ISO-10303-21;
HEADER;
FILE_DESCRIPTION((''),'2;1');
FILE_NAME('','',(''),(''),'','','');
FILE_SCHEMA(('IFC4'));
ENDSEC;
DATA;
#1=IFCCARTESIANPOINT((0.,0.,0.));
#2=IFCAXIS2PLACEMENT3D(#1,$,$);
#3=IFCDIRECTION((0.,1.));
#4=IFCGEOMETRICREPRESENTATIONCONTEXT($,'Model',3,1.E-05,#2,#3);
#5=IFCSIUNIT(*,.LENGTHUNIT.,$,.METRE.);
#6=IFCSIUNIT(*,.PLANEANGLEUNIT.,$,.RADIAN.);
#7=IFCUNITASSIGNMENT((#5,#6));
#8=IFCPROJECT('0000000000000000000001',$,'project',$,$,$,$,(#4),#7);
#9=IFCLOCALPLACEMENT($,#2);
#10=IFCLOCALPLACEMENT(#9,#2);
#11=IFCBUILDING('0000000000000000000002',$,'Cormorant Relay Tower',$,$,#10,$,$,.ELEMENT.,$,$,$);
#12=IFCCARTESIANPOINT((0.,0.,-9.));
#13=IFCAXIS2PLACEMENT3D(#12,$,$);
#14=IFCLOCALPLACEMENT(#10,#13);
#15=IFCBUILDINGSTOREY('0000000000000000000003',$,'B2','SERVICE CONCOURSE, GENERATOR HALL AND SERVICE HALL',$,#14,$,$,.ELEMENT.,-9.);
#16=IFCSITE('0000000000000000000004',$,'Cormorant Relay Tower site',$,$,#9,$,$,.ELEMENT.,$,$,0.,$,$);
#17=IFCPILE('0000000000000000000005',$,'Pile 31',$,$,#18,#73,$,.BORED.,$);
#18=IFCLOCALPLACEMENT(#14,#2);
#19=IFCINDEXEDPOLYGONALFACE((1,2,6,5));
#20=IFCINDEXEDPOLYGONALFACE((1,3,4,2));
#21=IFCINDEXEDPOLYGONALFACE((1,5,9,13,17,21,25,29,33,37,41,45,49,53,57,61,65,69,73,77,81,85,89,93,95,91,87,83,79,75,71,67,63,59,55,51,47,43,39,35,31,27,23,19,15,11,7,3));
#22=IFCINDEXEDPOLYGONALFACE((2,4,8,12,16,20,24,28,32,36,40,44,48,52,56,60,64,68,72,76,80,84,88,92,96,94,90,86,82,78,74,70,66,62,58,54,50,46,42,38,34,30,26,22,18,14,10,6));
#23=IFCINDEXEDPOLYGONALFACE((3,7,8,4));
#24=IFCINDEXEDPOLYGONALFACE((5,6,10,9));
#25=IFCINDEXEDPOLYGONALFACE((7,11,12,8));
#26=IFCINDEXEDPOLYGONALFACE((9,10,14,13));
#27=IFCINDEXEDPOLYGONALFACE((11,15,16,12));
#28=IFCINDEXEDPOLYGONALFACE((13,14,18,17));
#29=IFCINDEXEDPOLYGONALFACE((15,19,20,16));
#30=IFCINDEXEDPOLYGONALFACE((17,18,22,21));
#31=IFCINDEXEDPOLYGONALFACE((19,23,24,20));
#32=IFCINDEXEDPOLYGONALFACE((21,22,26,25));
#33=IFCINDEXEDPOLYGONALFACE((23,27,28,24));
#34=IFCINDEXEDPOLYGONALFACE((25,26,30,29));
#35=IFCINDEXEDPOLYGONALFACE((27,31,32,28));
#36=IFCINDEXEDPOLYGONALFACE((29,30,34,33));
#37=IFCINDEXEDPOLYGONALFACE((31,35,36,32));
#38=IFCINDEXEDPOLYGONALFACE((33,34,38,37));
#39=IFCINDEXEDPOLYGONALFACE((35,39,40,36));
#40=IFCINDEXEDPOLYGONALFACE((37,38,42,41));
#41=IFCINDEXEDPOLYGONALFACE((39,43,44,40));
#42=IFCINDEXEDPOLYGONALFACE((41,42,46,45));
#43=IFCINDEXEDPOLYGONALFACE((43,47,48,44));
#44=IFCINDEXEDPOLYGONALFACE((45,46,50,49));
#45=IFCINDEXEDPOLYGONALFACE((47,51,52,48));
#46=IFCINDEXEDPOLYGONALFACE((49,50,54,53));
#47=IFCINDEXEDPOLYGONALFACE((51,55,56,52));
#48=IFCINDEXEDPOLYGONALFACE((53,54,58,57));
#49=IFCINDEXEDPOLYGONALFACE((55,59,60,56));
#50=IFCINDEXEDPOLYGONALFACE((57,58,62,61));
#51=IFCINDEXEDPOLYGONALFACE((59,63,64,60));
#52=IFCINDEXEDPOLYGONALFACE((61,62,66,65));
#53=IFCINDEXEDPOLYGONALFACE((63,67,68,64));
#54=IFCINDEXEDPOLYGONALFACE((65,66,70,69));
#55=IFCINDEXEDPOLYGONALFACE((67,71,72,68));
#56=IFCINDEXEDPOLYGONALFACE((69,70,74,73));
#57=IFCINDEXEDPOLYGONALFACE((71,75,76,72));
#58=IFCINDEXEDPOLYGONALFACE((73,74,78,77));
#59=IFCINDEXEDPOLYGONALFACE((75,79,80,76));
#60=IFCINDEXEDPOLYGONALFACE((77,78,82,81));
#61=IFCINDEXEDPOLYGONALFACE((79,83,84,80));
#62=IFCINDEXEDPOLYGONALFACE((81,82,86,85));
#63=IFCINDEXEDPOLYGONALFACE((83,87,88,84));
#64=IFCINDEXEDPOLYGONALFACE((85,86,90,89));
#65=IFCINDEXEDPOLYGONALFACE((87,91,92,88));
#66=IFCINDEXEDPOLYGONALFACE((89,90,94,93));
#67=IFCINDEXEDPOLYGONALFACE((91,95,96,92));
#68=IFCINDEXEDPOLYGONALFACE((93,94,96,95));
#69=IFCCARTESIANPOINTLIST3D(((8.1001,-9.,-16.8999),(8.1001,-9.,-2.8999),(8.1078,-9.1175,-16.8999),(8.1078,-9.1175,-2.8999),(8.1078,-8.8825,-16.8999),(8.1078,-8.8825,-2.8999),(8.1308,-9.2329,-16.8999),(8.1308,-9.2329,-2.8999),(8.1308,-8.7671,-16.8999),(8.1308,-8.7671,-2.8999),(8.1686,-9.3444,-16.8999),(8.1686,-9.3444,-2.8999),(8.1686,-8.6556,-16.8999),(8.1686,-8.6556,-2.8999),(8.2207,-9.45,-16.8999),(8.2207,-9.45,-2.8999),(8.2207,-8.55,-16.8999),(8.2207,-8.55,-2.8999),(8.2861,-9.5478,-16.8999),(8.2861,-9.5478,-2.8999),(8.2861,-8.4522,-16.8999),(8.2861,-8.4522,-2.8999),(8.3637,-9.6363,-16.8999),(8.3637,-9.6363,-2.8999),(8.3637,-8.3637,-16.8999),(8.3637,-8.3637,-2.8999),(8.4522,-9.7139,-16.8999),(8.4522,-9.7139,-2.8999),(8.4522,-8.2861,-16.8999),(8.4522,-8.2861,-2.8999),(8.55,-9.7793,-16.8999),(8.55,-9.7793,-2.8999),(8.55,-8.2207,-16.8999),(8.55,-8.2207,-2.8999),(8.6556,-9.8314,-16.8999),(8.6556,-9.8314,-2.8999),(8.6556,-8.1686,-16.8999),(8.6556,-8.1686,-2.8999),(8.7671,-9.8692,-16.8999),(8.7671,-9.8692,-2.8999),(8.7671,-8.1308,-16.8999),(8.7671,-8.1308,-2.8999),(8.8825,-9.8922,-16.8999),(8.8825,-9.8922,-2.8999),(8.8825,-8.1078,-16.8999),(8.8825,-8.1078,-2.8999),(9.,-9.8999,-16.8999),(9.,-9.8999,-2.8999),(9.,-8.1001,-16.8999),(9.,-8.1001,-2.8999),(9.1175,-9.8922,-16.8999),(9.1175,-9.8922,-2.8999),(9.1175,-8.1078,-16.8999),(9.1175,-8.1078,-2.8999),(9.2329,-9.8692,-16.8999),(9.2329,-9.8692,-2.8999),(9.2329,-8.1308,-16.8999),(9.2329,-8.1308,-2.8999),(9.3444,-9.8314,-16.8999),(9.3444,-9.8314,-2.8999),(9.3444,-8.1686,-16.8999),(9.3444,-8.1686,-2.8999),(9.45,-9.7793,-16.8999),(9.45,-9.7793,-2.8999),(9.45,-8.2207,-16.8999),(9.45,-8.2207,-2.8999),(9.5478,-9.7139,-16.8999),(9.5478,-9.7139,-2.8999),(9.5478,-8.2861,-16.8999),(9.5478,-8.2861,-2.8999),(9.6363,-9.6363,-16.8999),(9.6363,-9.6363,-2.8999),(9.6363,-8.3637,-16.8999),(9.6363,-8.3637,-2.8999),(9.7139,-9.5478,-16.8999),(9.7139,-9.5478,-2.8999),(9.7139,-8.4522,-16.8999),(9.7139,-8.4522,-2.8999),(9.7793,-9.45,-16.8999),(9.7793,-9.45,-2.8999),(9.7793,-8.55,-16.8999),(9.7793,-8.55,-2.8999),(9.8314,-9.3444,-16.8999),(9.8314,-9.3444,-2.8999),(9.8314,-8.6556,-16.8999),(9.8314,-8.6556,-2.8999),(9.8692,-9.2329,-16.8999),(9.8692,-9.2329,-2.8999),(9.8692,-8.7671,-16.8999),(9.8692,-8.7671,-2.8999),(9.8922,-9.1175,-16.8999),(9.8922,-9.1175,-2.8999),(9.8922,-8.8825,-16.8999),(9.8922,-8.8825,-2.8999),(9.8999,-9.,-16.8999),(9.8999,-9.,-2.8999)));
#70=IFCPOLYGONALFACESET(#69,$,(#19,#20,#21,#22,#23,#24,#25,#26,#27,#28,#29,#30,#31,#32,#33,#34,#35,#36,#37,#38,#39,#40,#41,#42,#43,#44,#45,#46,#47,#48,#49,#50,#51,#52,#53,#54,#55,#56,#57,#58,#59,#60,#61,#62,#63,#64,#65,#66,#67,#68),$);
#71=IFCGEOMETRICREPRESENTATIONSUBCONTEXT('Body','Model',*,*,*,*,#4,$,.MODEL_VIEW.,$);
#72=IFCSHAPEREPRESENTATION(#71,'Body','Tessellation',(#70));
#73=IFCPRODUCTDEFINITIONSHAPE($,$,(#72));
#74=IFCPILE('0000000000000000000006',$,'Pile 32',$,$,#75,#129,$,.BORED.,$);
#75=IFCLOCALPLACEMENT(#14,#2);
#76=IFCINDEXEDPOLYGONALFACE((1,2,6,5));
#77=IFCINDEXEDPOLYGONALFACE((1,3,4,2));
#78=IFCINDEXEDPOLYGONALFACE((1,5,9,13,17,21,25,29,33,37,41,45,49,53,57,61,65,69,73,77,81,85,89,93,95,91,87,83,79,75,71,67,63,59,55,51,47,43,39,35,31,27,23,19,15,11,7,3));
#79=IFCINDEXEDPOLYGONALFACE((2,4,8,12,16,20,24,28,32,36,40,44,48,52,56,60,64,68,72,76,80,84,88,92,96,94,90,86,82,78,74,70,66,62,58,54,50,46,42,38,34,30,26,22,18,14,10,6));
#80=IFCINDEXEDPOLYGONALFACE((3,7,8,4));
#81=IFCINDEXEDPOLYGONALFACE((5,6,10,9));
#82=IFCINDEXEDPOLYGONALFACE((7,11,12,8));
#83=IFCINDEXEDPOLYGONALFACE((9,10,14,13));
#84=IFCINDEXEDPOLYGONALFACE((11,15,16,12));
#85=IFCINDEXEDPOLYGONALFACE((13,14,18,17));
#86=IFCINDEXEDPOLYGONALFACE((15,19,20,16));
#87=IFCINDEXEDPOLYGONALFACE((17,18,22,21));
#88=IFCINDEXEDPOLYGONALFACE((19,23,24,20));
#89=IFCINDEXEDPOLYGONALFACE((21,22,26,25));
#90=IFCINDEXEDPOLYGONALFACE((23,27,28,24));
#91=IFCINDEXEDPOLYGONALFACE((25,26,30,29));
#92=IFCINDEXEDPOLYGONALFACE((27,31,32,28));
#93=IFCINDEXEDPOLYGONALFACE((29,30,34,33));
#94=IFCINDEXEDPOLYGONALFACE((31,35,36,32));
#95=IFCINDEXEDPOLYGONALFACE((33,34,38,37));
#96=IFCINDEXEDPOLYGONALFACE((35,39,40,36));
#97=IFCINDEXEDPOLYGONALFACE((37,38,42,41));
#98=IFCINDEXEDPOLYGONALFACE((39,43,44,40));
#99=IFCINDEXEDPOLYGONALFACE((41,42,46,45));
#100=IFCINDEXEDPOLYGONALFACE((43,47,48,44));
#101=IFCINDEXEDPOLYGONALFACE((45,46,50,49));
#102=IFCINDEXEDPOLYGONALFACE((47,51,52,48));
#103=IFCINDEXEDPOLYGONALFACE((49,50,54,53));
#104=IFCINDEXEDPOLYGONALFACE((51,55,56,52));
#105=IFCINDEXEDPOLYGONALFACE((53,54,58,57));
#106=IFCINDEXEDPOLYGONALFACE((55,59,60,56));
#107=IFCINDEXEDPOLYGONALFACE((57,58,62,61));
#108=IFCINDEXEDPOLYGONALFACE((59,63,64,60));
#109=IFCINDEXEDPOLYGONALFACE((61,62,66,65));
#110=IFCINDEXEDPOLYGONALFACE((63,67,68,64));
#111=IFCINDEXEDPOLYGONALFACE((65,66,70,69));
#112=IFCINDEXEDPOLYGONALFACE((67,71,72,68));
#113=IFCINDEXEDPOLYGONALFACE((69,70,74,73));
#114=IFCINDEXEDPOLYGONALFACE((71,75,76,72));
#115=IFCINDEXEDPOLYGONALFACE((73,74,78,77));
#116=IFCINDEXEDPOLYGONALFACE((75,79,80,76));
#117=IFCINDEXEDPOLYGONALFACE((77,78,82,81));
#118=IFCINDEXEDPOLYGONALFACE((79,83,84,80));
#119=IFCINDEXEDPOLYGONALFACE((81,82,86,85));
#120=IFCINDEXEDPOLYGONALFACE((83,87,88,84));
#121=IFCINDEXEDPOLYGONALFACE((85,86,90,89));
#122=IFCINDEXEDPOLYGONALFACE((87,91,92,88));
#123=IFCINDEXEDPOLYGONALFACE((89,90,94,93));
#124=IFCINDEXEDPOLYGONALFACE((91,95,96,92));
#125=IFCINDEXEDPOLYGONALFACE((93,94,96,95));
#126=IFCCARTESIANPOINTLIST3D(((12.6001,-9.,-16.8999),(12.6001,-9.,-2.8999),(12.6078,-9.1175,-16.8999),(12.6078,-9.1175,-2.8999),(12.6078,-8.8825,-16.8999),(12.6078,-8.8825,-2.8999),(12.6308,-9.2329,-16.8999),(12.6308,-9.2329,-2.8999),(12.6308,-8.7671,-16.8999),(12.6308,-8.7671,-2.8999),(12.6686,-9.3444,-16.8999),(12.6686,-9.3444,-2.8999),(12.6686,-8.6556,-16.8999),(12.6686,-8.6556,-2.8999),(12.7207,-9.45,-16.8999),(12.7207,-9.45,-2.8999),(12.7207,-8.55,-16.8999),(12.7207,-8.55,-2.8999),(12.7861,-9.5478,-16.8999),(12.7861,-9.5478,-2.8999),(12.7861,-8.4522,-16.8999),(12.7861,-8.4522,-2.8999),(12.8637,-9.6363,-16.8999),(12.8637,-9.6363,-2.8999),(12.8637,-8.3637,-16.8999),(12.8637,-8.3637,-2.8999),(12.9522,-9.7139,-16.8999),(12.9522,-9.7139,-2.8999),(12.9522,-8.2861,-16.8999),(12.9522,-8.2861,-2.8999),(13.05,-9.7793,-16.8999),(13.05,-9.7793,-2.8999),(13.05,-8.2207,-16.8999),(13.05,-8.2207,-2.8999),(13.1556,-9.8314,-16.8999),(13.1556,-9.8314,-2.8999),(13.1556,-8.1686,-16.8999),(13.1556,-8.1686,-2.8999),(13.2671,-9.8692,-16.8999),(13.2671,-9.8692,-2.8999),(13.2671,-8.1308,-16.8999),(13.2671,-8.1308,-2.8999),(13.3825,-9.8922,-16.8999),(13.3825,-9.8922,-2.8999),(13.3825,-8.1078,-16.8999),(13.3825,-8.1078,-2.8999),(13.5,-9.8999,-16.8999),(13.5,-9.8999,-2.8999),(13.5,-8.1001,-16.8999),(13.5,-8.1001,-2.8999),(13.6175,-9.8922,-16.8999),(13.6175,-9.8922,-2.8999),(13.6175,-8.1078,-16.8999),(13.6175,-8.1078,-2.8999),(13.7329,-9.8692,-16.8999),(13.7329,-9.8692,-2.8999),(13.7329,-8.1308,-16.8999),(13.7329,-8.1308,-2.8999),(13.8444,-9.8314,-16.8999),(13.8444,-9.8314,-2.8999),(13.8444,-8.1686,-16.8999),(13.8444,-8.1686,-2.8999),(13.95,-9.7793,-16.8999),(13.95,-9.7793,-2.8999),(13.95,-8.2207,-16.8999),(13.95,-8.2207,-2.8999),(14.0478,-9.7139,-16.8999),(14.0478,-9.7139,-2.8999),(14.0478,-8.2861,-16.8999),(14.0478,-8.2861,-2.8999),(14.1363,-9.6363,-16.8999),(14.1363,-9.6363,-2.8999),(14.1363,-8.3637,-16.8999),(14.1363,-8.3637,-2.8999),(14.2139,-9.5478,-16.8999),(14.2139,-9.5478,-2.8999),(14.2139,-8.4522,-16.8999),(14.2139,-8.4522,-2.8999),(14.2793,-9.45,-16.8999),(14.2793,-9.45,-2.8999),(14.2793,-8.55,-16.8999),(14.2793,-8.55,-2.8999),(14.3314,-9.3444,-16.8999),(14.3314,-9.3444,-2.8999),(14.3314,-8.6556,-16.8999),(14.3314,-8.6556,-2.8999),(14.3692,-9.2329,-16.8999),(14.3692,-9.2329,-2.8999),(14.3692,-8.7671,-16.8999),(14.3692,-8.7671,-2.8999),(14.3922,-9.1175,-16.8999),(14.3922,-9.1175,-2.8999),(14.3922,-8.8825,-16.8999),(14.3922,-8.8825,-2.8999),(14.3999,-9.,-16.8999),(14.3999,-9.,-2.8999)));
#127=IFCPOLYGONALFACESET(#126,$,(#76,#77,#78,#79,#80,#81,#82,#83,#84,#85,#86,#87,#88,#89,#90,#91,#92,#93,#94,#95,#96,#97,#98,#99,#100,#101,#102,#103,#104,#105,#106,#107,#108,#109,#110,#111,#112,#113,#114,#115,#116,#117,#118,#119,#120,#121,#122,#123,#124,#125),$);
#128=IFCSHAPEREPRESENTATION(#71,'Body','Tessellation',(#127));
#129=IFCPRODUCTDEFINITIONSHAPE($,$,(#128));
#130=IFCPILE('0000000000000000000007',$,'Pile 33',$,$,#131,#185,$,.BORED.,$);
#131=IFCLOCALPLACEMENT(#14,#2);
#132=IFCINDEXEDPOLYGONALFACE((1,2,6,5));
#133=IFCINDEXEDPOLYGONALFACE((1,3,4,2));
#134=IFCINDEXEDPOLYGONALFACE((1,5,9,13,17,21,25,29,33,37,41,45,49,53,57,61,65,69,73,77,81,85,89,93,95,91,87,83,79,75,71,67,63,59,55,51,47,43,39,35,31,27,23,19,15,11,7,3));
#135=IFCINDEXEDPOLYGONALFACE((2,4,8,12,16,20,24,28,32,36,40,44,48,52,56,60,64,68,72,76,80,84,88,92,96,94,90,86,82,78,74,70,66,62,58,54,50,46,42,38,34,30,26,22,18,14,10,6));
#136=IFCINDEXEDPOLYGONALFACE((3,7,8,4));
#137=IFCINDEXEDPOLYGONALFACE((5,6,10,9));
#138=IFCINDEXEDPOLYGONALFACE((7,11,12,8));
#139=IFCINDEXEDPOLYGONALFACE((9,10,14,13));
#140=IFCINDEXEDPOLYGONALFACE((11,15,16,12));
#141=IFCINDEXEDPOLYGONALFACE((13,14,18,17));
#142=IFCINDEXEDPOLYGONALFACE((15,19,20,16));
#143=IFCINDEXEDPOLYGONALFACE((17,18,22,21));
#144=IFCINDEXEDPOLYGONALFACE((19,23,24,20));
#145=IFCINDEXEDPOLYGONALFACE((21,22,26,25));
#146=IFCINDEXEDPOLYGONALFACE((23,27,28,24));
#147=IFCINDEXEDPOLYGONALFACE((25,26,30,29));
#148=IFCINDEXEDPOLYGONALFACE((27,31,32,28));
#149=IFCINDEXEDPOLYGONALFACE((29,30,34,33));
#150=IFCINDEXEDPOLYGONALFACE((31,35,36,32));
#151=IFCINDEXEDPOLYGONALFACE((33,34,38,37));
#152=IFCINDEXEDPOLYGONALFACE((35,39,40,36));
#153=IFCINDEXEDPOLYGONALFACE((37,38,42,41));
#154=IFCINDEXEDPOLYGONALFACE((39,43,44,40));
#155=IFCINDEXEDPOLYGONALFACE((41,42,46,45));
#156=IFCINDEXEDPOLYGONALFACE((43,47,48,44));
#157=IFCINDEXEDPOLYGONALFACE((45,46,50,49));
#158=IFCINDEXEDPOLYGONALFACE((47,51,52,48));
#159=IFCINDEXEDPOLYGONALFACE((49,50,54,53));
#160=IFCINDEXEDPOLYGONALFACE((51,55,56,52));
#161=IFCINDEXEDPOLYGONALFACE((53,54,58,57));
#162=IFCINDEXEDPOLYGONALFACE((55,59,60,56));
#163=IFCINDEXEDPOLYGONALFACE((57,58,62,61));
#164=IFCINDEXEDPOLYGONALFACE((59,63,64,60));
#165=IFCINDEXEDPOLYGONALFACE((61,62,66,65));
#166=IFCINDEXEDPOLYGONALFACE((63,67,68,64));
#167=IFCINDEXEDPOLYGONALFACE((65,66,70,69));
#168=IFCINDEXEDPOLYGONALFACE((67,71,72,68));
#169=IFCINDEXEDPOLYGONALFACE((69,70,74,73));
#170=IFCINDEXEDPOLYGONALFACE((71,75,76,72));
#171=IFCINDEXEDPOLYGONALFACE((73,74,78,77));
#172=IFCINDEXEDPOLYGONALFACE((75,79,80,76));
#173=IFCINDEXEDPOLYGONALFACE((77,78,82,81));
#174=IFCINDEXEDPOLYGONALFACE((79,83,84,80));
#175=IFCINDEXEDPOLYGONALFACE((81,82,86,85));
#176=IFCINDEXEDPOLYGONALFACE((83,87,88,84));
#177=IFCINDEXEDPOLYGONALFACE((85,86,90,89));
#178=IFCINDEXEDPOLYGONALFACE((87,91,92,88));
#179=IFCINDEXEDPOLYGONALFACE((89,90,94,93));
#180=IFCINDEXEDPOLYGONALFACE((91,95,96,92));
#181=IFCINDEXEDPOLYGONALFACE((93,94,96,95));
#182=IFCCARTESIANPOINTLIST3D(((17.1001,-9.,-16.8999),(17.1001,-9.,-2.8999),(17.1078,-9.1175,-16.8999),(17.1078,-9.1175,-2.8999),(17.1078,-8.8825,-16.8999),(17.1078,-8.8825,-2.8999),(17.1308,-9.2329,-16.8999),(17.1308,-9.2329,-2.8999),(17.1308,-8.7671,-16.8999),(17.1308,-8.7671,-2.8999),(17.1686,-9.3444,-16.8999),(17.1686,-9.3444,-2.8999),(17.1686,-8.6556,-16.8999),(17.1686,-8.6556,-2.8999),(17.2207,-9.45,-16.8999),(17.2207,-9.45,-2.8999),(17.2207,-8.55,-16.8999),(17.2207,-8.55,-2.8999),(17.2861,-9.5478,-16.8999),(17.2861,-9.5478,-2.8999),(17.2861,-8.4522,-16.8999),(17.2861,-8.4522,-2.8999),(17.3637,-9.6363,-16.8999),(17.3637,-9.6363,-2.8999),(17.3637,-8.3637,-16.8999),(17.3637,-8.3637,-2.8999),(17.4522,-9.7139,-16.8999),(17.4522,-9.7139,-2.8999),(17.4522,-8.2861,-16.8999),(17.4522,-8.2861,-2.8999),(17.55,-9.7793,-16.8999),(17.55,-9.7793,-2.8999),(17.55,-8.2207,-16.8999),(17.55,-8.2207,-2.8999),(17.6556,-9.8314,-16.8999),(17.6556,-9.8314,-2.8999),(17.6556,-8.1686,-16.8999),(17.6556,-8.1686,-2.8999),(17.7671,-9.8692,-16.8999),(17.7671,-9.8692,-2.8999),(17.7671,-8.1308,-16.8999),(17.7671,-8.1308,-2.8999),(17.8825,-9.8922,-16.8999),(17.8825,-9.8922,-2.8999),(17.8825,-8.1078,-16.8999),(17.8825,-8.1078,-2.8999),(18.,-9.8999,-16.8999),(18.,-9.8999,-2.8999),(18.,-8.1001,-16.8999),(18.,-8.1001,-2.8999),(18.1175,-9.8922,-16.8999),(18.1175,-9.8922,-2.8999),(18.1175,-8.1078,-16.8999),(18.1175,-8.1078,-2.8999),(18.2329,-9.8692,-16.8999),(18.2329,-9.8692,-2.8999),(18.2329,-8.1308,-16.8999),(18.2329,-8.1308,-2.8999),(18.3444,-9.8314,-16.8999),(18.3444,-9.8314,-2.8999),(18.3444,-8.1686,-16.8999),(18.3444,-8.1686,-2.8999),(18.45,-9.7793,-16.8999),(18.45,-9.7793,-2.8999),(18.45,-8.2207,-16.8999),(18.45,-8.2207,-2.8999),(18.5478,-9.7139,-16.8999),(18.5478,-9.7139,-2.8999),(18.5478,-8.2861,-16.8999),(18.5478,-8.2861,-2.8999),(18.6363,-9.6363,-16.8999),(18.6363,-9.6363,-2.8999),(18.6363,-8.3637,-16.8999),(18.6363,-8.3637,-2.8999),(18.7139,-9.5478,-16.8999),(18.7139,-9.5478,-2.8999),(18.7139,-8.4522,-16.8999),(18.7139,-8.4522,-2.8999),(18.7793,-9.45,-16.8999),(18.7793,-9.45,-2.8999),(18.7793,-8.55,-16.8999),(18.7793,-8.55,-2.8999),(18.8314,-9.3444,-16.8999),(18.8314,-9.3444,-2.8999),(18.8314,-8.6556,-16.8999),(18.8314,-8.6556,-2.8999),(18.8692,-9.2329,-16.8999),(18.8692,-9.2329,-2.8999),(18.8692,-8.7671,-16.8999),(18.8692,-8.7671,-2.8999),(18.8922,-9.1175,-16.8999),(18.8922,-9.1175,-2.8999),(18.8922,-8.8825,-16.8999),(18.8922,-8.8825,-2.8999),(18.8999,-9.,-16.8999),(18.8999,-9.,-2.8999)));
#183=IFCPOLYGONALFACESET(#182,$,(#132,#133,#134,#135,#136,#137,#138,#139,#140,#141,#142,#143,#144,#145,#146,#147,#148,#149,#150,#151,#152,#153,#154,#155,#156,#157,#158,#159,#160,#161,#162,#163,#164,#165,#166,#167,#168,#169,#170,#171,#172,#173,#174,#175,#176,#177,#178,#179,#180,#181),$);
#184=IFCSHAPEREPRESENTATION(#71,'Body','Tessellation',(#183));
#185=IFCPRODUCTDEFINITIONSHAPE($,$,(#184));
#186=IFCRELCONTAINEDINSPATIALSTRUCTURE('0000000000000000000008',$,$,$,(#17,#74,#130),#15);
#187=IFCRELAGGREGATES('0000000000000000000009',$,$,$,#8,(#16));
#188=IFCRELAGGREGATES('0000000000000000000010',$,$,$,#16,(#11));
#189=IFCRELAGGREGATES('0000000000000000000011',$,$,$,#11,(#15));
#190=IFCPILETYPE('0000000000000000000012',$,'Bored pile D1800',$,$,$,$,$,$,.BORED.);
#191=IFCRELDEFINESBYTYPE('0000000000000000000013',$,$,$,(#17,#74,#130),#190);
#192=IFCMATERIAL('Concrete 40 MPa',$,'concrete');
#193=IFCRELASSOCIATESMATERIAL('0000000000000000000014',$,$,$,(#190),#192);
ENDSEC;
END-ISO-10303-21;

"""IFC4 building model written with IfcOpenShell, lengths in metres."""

from ifc_helpers import new_model, si_unit, direction, frame, origin, origin_2d, place, context, subcontext, project, spatial, circle, extrude, material, material_profile, profile_set, type_object, element, save


model = new_model("IFC4")

# Units and contexts
model_context = context("Model", 3, precision=1e-05, world=origin(), true_north=direction((0.0, 1.0)))
body_context = subcontext(model_context, "Body", "Model", "MODEL_VIEW")
ifc_project = project(units=[si_unit("LENGTHUNIT", "METRE"), si_unit("PLANEANGLEUNIT", "RADIAN")], contexts=[model_context])

# Site, building, storey
site_placement = place(None, origin())
site = spatial("IfcSite", under=ifc_project, at=site_placement, Name="Cormorant Relay Tower site", CompositionType="ELEMENT", RefElevation=0.0)
building_placement = place(site_placement, origin())
building = spatial("IfcBuilding", under=site, at=building_placement, Name="Cormorant Relay Tower", CompositionType="ELEMENT")
storey_placement = place(building_placement, frame((0.0, 0.0, -9.0)))
storey = spatial("IfcBuildingStorey", under=building, at=storey_placement, Name="B2", Description="SERVICE CONCOURSE, GENERATOR HALL AND SERVICE HALL", CompositionType="ELEMENT", Elevation=-9.0)

# Piles
ifc_material_1 = material(Name="Concrete 40 MPa", Category="concrete")
ifc_material_profile_1 = material_profile(ifc_material_1, circle(Radius=0.8999, at=origin_2d()), Name="BP1800")
ifc_profile_set_1 = profile_set([ifc_material_profile_1], Name="Concrete 40 MPa")
pile_type = type_object("IfcPileType", Name="Bored pile D1800", PredefinedType="BORED", material=ifc_profile_set_1)
for number, where, z_axis, x_axis, name in (
    (1, (9.0, -9.0, -2.8999), (0.0, 0.0, -1.0), (1.0, 0.0, 0.0), "Pile 31"),
    (2, (13.5, -9.0, -2.8999), (0.0, 0.0, -1.0), (1.0, 0.0, 0.0), "Pile 32"),
    (3, (18.0, -9.0, -2.8999), (0.0, 0.0, -1.0), (1.0, 0.0, 0.0), "Pile 33"),
):
    element("IfcPile", number, at=place(storey_placement, frame(where, z_axis=z_axis, x_axis=x_axis)), inside=storey, type_object=pile_type, Name=name, PredefinedType="BORED", context=body_context, shape_type="SweptSolid", body=[
        extrude(circle(Radius=0.8999, at=origin_2d()), origin(), (0.0, 0.0, 1.0), 14.0),
    ])

save(model, "model.ifc")
